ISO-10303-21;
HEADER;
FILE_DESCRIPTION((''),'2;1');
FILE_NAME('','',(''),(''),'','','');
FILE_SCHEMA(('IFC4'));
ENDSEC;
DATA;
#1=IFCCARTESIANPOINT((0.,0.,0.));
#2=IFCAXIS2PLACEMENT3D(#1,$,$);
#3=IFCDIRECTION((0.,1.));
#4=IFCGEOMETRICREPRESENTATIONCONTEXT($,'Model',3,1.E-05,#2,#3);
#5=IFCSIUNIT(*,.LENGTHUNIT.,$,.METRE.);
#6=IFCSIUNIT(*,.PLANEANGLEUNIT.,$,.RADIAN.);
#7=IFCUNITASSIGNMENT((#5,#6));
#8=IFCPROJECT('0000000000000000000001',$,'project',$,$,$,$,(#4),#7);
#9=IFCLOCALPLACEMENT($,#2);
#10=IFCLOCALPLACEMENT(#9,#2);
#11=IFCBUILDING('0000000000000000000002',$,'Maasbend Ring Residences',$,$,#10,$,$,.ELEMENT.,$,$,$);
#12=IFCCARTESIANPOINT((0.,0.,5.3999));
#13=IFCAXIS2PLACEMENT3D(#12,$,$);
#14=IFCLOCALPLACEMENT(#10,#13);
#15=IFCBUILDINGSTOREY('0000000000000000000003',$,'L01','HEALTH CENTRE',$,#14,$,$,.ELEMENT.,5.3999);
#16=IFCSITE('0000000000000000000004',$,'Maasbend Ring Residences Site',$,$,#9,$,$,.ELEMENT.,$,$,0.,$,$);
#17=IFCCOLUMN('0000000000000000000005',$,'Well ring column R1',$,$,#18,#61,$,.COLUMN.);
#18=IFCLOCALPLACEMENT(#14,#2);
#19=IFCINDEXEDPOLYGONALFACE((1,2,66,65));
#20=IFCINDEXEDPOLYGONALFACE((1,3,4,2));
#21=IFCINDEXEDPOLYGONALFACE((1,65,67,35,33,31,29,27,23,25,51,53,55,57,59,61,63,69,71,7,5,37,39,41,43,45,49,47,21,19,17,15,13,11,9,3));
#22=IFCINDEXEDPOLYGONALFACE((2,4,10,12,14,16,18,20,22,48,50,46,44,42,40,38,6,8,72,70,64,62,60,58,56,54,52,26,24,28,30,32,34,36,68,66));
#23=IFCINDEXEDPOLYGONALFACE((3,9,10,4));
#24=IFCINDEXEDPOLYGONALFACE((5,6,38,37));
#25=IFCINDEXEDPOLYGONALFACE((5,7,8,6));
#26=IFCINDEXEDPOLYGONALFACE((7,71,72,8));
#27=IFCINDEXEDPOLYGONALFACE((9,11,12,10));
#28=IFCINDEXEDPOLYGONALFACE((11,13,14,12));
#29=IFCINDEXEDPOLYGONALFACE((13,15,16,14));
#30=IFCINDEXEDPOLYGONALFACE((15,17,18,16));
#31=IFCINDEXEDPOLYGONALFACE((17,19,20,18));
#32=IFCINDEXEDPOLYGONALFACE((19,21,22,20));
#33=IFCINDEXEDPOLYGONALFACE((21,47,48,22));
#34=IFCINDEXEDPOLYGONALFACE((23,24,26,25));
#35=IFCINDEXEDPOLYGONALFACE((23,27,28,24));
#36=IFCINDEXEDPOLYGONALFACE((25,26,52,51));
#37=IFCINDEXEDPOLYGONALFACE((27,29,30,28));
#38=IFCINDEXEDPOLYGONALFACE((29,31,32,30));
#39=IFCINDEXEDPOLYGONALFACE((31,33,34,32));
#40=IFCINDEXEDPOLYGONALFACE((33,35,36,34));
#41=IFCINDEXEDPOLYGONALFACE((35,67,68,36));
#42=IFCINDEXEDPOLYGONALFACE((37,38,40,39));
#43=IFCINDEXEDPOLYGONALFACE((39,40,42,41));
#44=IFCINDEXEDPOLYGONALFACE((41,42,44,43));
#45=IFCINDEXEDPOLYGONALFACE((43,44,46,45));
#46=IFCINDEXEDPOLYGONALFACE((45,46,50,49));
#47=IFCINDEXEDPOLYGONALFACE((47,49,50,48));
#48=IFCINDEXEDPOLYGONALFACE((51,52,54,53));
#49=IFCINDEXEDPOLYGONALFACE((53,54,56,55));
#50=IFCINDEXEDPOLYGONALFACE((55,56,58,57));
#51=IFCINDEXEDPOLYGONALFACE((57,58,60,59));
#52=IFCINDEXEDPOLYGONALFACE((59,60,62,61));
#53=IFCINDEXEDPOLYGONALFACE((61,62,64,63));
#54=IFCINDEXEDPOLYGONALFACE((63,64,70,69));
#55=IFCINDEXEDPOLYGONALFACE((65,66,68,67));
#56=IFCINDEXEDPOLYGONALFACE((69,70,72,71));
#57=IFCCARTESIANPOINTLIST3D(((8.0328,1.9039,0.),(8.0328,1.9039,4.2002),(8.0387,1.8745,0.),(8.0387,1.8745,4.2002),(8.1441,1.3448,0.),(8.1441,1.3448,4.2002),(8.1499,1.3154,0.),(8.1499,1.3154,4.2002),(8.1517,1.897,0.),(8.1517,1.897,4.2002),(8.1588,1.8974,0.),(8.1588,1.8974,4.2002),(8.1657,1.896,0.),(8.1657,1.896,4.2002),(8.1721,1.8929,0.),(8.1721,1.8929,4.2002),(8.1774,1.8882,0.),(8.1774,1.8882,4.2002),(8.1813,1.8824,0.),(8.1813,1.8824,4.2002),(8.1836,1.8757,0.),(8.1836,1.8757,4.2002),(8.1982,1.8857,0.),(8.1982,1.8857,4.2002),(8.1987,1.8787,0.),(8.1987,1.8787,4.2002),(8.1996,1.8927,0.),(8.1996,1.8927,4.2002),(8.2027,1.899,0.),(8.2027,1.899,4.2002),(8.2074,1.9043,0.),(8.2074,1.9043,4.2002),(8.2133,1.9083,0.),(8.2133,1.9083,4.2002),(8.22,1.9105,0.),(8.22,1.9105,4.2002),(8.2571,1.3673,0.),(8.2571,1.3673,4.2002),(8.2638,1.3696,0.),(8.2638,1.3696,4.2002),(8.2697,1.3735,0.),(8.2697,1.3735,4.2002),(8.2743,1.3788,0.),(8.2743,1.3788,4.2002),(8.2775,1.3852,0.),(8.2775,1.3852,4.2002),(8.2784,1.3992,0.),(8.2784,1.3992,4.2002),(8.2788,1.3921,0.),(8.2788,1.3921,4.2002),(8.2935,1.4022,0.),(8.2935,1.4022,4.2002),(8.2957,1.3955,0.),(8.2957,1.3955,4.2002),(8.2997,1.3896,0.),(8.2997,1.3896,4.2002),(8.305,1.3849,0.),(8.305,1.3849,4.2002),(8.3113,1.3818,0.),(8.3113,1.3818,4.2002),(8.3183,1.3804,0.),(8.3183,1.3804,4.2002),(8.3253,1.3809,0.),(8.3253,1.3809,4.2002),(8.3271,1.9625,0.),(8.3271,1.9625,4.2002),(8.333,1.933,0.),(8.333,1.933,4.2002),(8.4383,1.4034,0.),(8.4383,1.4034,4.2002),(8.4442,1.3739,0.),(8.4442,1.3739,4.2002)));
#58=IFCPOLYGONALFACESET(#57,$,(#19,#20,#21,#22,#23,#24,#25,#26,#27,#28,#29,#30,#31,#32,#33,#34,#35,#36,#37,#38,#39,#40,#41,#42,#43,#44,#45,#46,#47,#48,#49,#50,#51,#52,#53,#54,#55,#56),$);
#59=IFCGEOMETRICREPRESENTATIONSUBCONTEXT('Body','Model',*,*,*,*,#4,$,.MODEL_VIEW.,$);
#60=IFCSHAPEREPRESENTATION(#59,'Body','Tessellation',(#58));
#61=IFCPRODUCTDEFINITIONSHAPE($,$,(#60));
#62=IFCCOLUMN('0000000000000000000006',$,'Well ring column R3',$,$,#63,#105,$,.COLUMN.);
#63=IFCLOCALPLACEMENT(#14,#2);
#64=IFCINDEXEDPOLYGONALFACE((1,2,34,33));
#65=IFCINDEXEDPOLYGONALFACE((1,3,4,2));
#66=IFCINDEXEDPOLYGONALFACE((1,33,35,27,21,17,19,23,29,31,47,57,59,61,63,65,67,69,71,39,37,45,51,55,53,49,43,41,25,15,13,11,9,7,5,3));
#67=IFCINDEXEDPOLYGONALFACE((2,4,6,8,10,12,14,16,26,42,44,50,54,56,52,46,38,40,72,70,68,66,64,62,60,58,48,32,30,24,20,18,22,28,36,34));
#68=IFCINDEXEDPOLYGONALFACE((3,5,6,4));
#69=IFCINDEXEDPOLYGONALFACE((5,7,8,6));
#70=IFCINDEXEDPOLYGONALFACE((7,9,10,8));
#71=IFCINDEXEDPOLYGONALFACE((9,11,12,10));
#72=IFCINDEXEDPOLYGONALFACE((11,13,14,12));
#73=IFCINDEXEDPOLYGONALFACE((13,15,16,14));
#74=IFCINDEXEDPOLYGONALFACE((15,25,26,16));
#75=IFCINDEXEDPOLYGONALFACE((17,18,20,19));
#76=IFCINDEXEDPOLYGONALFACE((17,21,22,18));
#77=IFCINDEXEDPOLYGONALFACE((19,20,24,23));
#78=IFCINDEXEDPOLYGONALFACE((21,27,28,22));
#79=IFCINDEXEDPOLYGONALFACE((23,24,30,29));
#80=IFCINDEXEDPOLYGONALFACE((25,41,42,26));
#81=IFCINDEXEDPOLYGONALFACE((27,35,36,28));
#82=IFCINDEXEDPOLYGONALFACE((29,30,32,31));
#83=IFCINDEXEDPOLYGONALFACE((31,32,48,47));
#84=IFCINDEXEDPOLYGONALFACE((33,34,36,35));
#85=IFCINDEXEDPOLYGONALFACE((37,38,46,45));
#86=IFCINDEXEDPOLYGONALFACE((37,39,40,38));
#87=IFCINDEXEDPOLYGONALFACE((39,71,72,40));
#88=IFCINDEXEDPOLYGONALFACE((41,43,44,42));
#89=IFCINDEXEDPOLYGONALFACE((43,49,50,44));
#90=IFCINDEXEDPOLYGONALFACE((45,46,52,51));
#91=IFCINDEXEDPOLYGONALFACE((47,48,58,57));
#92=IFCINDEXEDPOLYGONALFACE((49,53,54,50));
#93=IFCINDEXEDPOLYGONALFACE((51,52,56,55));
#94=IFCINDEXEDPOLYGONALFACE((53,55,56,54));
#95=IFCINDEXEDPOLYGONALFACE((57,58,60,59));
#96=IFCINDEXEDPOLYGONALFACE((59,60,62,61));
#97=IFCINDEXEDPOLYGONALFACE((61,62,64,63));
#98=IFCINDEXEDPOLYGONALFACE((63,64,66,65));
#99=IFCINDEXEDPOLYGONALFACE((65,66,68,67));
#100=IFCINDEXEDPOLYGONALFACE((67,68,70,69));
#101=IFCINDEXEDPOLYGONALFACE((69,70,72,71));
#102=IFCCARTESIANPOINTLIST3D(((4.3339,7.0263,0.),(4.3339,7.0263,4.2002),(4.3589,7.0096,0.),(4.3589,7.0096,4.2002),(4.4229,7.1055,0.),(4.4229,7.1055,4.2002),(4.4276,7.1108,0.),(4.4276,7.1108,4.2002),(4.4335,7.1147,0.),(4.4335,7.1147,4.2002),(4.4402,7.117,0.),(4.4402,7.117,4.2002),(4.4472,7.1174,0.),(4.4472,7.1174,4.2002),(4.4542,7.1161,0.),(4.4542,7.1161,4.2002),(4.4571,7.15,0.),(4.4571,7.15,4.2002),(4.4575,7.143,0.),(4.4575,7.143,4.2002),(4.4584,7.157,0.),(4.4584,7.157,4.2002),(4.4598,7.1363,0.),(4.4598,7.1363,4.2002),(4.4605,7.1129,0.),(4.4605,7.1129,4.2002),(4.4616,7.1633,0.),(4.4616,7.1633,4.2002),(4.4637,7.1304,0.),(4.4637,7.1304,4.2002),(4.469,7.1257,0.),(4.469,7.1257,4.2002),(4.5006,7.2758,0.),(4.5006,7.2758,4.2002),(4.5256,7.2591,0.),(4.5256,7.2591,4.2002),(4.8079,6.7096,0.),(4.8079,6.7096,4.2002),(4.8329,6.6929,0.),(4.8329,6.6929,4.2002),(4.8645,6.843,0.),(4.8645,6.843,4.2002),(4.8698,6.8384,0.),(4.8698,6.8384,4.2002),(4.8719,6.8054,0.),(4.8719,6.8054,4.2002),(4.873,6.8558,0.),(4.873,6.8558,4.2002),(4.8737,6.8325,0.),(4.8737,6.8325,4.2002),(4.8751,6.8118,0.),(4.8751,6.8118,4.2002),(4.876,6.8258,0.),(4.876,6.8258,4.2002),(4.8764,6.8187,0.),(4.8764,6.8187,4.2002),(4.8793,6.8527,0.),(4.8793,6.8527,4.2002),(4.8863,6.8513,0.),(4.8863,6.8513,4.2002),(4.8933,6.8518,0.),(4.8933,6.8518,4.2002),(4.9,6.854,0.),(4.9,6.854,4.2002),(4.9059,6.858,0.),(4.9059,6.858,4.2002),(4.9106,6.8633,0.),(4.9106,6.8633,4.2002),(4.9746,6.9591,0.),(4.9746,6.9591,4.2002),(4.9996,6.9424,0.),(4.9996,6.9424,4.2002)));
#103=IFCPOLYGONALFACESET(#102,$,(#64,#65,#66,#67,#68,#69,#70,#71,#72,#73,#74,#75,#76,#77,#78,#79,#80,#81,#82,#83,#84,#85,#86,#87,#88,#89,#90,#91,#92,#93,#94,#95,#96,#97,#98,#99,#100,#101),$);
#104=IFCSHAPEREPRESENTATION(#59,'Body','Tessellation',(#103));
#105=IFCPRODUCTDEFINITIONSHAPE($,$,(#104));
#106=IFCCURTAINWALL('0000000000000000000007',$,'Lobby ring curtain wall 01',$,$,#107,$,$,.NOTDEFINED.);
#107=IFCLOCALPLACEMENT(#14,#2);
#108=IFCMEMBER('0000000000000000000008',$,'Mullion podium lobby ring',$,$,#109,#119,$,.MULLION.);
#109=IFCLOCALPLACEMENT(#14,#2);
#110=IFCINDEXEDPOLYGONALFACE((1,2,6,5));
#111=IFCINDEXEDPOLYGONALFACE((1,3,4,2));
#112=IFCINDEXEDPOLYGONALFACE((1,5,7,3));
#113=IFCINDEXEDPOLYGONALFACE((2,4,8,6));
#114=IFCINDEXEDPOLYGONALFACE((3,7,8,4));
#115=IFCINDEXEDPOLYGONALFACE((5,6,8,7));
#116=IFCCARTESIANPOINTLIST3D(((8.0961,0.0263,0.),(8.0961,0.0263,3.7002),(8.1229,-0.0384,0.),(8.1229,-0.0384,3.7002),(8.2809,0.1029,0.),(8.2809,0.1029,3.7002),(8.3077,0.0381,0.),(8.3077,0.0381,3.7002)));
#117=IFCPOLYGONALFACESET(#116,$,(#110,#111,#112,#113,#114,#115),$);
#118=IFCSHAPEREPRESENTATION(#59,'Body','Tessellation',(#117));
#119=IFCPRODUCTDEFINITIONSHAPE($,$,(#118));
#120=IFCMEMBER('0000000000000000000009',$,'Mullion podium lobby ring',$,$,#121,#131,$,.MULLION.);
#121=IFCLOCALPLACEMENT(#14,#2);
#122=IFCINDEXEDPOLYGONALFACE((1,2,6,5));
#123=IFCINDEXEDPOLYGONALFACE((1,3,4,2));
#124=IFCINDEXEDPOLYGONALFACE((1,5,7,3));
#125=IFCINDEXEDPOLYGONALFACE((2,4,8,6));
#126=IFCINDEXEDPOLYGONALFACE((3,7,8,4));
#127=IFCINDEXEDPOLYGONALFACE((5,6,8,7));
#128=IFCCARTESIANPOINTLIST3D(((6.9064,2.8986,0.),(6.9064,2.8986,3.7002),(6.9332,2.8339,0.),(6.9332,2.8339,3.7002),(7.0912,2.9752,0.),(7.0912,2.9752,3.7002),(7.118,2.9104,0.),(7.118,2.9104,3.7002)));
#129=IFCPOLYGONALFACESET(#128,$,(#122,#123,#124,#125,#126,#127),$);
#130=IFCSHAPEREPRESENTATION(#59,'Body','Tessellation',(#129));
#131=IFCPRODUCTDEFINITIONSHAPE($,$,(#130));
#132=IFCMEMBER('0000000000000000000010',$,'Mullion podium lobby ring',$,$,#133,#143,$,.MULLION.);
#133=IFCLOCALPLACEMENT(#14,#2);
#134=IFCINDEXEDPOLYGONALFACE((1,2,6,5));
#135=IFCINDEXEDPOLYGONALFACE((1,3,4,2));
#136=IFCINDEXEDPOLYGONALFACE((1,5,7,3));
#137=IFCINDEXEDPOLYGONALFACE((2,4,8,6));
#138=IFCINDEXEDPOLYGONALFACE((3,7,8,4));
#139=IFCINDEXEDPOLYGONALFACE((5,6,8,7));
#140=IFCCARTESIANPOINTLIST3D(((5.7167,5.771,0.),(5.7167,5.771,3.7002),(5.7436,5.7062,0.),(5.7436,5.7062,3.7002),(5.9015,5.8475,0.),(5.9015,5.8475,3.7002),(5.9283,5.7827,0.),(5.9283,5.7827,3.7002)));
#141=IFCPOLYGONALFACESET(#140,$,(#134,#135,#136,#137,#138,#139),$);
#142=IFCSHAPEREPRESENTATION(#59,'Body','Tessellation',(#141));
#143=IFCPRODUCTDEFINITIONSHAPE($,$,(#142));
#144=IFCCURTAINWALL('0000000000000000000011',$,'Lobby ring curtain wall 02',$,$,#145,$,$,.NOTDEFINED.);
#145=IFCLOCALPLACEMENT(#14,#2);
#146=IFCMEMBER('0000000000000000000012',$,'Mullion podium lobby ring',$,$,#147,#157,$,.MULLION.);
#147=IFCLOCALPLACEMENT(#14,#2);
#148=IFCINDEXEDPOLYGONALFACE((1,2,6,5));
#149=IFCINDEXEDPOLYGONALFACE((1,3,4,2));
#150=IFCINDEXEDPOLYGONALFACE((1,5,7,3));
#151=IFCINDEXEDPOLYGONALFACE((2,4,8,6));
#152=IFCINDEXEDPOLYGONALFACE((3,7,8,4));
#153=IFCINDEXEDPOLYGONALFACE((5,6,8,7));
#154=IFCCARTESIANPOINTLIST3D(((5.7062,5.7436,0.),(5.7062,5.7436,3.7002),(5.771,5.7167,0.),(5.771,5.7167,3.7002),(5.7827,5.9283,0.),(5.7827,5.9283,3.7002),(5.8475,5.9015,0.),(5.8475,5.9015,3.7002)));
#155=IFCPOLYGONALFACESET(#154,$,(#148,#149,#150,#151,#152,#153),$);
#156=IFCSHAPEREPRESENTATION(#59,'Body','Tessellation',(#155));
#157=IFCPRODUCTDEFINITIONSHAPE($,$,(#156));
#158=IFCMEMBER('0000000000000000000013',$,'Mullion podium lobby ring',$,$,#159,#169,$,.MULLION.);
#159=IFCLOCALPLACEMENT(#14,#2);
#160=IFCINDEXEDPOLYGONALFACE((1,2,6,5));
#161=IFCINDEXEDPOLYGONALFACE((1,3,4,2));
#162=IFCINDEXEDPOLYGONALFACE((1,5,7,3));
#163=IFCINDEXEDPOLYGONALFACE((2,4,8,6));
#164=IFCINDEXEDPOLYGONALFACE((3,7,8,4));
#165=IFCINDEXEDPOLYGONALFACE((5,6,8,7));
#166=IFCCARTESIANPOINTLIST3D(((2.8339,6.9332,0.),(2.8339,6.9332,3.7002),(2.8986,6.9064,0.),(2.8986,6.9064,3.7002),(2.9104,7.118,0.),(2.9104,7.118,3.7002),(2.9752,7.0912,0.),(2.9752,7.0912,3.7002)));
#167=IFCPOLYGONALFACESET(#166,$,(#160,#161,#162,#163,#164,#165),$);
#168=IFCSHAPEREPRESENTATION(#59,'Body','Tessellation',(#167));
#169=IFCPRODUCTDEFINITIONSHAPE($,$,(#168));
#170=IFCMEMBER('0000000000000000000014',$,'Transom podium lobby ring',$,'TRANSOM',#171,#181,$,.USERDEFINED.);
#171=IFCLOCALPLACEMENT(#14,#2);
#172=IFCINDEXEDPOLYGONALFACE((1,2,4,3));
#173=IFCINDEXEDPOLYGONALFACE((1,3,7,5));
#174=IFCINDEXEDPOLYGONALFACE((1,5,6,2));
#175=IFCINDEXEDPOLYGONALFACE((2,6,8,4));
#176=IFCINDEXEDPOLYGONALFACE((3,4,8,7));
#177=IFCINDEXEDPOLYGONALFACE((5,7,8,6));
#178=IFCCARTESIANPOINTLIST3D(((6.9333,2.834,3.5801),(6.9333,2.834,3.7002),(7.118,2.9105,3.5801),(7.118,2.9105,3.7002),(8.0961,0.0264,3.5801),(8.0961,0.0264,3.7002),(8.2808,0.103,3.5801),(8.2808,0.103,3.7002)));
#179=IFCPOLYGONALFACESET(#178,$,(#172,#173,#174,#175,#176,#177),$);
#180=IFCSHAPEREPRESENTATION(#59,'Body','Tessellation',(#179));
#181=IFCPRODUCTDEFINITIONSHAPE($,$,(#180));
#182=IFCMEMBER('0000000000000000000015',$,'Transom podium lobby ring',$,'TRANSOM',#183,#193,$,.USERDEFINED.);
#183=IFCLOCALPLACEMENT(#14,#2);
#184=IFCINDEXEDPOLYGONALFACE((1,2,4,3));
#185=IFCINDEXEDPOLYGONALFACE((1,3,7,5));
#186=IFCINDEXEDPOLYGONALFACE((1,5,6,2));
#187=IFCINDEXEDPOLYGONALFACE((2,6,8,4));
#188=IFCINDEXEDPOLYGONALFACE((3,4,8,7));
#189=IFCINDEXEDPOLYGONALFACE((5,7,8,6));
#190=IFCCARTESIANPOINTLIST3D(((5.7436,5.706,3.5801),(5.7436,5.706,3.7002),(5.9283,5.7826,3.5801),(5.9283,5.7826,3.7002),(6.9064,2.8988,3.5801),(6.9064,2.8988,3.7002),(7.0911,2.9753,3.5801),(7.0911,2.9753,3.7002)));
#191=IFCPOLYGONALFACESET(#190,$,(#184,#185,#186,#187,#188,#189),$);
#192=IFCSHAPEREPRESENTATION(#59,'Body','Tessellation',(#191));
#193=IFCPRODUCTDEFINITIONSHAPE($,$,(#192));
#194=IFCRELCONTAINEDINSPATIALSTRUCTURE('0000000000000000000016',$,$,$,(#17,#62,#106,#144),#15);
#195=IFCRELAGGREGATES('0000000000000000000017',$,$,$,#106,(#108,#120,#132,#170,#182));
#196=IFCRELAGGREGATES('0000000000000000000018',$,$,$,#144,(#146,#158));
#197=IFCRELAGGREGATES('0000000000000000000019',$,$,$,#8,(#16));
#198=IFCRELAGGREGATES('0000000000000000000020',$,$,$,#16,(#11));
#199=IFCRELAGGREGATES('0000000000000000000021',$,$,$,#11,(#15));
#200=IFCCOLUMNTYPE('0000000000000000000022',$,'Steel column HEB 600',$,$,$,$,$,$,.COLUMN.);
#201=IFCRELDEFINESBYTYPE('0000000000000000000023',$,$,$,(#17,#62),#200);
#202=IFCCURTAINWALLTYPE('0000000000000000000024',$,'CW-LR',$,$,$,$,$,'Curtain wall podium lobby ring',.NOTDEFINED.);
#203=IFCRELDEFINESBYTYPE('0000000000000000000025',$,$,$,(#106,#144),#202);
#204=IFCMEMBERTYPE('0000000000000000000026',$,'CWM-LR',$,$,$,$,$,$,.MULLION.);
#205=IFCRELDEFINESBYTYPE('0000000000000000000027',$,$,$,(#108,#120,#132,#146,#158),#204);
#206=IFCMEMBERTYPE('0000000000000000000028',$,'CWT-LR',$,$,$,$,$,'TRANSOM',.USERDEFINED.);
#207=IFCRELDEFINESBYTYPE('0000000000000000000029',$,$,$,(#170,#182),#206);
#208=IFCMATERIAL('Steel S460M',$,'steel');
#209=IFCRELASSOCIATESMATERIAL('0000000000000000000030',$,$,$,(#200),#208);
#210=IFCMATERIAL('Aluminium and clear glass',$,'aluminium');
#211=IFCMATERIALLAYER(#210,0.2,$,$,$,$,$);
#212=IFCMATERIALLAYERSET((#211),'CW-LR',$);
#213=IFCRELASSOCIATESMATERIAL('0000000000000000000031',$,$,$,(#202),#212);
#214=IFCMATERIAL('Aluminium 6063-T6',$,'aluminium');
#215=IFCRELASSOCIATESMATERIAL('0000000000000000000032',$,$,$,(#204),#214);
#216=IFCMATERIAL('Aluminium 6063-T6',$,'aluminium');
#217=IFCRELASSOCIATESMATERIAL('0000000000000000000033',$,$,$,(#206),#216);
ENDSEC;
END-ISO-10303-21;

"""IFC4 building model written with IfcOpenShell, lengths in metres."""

from ifc_helpers import new_model, si_unit, direction, frame, origin, origin_2d, place, context, subcontext, project, spatial, rectangle, i_section, extrude, material, layer, layer_set, material_profile, profile_set, type_object, element, aggregate, save


model = new_model("IFC4")

# Units and contexts
model_context = context("Model", 3, precision=1e-05, world=origin(), true_north=direction((0.0, 1.0)))
body_context = subcontext(model_context, "Body", "Model", "MODEL_VIEW")
ifc_project = project(units=[si_unit("LENGTHUNIT", "METRE"), si_unit("PLANEANGLEUNIT", "RADIAN")], contexts=[model_context])

# Site, building, storey
site_placement = place(None, origin())
site = spatial("IfcSite", under=ifc_project, at=site_placement, Name="Maasbend Ring Residences Site", CompositionType="ELEMENT", RefElevation=0.0)
building_placement = place(site_placement, origin())
building = spatial("IfcBuilding", under=site, at=building_placement, Name="Maasbend Ring Residences", CompositionType="ELEMENT")
storey_placement = place(building_placement, frame((0.0, 0.0, 5.3999)))
storey = spatial("IfcBuildingStorey", under=building, at=storey_placement, Name="L01", Description="HEALTH CENTRE", CompositionType="ELEMENT", Elevation=5.3999)

# Columns
ifc_material_1 = material(Name="Steel S460M", Category="steel")
ifc_material_profile_1 = material_profile(ifc_material_1, i_section(OverallWidth=0.3, OverallDepth=0.6001, WebThickness=0.0154, FlangeThickness=0.03, FilletRadius=0.0271, at=origin_2d()), Name="HEB 600")
ifc_profile_set_1 = profile_set([ifc_material_profile_1], Name="Steel S460M")
column_type = type_object("IfcColumnType", Name="Steel column HEB 600", PredefinedType="COLUMN", material=ifc_profile_set_1)
for number, where, z_axis, x_axis, name in (
    (1, (8.2385, 1.6389, 0.0), (0.0, 0.0, 1.0), (0.980785, 0.19509, 0.0), "Well ring column R1"),
    (2, (4.6667, 6.9844, 0.0), (0.0, 0.0, 1.0), (0.55557, 0.83147, 0.0), "Well ring column R3"),
):
    element("IfcColumn", number, at=place(storey_placement, frame(where, z_axis=z_axis, x_axis=x_axis)), inside=storey, type_object=column_type, Name=name, PredefinedType="COLUMN", context=body_context, shape_type="SweptSolid", body=[
        extrude(i_section(OverallWidth=0.3, OverallDepth=0.6001, WebThickness=0.0154, FlangeThickness=0.03, FilletRadius=0.0271, at=origin_2d()), origin(), (0.0, 0.0, 1.0), 4.2002),
    ])

# Curtain walls, members
ifc_material_2 = material(Name="Aluminium and clear glass", Category="aluminium")
ifc_layer_1 = layer(ifc_material_2, 0.2)
ifc_layer_set_1 = layer_set([ifc_layer_1], Name="CW-LR")
curtain_wall_type = type_object("IfcCurtainWallType", Name="CW-LR", ElementType="Curtain wall podium lobby ring", PredefinedType="NOTDEFINED", material=ifc_layer_set_1)
curtain_wall_1_placement = place(storey_placement, origin())
curtain_wall_1 = element("IfcCurtainWall", 3, at=curtain_wall_1_placement, inside=storey, type_object=curtain_wall_type, Name="Lobby ring curtain wall 01", PredefinedType="NOTDEFINED")
ifc_material_3 = material(Name="Aluminium 6063-T6", Category="aluminium")
ifc_material_profile_2 = material_profile(ifc_material_3, rectangle(XDim=0.2, YDim=0.0701, at=origin_2d()), Name="AL 200x70")
ifc_profile_set_2 = profile_set([ifc_material_profile_2], Name="Aluminium 6063-T6")
member_type_1 = type_object("IfcMemberType", Name="CWM-LR", PredefinedType="MULLION", material=ifc_profile_set_2)
member_1_placement = place(storey_placement, frame((8.2019, 0.0322, 0.0), z_axis=(0.0, 0.0, 1.0), x_axis=(-0.92388, -0.382683, 0.0)))
member_1 = element("IfcMember", 4, at=member_1_placement, type_object=member_type_1, Name="Mullion podium lobby ring", PredefinedType="MULLION", context=body_context, shape_type="SweptSolid", body=[
    extrude(rectangle(XDim=0.2, YDim=0.0701, at=origin_2d()), origin(), (0.0, 0.0, 1.0), 3.7002),
])
member_2_placement = place(storey_placement, frame((7.0122, 2.9045, 0.0), z_axis=(0.0, 0.0, 1.0), x_axis=(-0.92388, -0.382683, 0.0)))
member_2 = element("IfcMember", 5, at=member_2_placement, type_object=member_type_1, Name="Mullion podium lobby ring", PredefinedType="MULLION", context=body_context, shape_type="SweptSolid", body=[
    extrude(rectangle(XDim=0.2, YDim=0.0701, at=origin_2d()), origin(), (0.0, 0.0, 1.0), 3.7002),
])
member_3_placement = place(storey_placement, frame((5.8225, 5.7769, 0.0), z_axis=(0.0, 0.0, 1.0), x_axis=(-0.92388, -0.382683, 0.0)))
member_3 = element("IfcMember", 6, at=member_3_placement, type_object=member_type_1, Name="Mullion podium lobby ring", PredefinedType="MULLION", context=body_context, shape_type="SweptSolid", body=[
    extrude(rectangle(XDim=0.2, YDim=0.0701, at=origin_2d()), origin(), (0.0, 0.0, 1.0), 3.7002),
])
curtain_wall_2_placement = place(storey_placement, origin())
curtain_wall_2 = element("IfcCurtainWall", 7, at=curtain_wall_2_placement, inside=storey, type_object=curtain_wall_type, Name="Lobby ring curtain wall 02", PredefinedType="NOTDEFINED")
member_4_placement = place(storey_placement, frame((5.7769, 5.8225, 0.0), z_axis=(0.0, 0.0, 1.0), x_axis=(-0.382683, -0.92388, 0.0)))
member_4 = element("IfcMember", 8, at=member_4_placement, type_object=member_type_1, Name="Mullion podium lobby ring", PredefinedType="MULLION", context=body_context, shape_type="SweptSolid", body=[
    extrude(rectangle(XDim=0.2, YDim=0.0701, at=origin_2d()), origin(), (0.0, 0.0, 1.0), 3.7002),
])
member_5_placement = place(storey_placement, frame((2.9045, 7.0122, 0.0), z_axis=(0.0, 0.0, 1.0), x_axis=(-0.382683, -0.92388, 0.0)))
member_5 = element("IfcMember", 9, at=member_5_placement, type_object=member_type_1, Name="Mullion podium lobby ring", PredefinedType="MULLION", context=body_context, shape_type="SweptSolid", body=[
    extrude(rectangle(XDim=0.2, YDim=0.0701, at=origin_2d()), origin(), (0.0, 0.0, 1.0), 3.7002),
])

# Members
ifc_material_4 = material(Name="Aluminium 6063-T6", Category="aluminium")
ifc_material_profile_3 = material_profile(ifc_material_4, rectangle(XDim=0.2, YDim=0.1201, at=origin_2d()), Name="AL 200x120")
ifc_profile_set_3 = profile_set([ifc_material_profile_3], Name="Aluminium 6063-T6")
member_type_2 = type_object("IfcMemberType", Name="CWT-LR", ElementType="TRANSOM", PredefinedType="USERDEFINED", material=ifc_profile_set_3)
member_6_placement = place(storey_placement, frame((8.1885, 0.0647, 3.6401), z_axis=(-0.382652, 0.923892, 0.0), x_axis=(-0.923892, -0.382652, 0.0)))
member_6 = element("IfcMember", 10, at=member_6_placement, type_object=member_type_2, Name="Transom podium lobby ring", ObjectType="TRANSOM", PredefinedType="USERDEFINED", context=body_context, shape_type="SweptSolid", body=[
    extrude(rectangle(XDim=0.2, YDim=0.1201, at=origin_2d()), origin(), (0.0, 0.0, 1.0), 3.0388),
])
member_7_placement = place(storey_placement, frame((6.9988, 2.937, 3.6401), z_axis=(-0.382681, 0.923881, 0.0), x_axis=(-0.923881, -0.382681, 0.0)))
member_7 = element("IfcMember", 11, at=member_7_placement, type_object=member_type_2, Name="Transom podium lobby ring", ObjectType="TRANSOM", PredefinedType="USERDEFINED", context=body_context, shape_type="SweptSolid", body=[
    extrude(rectangle(XDim=0.2, YDim=0.1201, at=origin_2d()), origin(), (0.0, 0.0, 1.0), 3.0386),
])

aggregate(curtain_wall_1, [member_1, member_2, member_3, member_6, member_7])
aggregate(curtain_wall_2, [member_4, member_5])

save(model, "model.ifc")
